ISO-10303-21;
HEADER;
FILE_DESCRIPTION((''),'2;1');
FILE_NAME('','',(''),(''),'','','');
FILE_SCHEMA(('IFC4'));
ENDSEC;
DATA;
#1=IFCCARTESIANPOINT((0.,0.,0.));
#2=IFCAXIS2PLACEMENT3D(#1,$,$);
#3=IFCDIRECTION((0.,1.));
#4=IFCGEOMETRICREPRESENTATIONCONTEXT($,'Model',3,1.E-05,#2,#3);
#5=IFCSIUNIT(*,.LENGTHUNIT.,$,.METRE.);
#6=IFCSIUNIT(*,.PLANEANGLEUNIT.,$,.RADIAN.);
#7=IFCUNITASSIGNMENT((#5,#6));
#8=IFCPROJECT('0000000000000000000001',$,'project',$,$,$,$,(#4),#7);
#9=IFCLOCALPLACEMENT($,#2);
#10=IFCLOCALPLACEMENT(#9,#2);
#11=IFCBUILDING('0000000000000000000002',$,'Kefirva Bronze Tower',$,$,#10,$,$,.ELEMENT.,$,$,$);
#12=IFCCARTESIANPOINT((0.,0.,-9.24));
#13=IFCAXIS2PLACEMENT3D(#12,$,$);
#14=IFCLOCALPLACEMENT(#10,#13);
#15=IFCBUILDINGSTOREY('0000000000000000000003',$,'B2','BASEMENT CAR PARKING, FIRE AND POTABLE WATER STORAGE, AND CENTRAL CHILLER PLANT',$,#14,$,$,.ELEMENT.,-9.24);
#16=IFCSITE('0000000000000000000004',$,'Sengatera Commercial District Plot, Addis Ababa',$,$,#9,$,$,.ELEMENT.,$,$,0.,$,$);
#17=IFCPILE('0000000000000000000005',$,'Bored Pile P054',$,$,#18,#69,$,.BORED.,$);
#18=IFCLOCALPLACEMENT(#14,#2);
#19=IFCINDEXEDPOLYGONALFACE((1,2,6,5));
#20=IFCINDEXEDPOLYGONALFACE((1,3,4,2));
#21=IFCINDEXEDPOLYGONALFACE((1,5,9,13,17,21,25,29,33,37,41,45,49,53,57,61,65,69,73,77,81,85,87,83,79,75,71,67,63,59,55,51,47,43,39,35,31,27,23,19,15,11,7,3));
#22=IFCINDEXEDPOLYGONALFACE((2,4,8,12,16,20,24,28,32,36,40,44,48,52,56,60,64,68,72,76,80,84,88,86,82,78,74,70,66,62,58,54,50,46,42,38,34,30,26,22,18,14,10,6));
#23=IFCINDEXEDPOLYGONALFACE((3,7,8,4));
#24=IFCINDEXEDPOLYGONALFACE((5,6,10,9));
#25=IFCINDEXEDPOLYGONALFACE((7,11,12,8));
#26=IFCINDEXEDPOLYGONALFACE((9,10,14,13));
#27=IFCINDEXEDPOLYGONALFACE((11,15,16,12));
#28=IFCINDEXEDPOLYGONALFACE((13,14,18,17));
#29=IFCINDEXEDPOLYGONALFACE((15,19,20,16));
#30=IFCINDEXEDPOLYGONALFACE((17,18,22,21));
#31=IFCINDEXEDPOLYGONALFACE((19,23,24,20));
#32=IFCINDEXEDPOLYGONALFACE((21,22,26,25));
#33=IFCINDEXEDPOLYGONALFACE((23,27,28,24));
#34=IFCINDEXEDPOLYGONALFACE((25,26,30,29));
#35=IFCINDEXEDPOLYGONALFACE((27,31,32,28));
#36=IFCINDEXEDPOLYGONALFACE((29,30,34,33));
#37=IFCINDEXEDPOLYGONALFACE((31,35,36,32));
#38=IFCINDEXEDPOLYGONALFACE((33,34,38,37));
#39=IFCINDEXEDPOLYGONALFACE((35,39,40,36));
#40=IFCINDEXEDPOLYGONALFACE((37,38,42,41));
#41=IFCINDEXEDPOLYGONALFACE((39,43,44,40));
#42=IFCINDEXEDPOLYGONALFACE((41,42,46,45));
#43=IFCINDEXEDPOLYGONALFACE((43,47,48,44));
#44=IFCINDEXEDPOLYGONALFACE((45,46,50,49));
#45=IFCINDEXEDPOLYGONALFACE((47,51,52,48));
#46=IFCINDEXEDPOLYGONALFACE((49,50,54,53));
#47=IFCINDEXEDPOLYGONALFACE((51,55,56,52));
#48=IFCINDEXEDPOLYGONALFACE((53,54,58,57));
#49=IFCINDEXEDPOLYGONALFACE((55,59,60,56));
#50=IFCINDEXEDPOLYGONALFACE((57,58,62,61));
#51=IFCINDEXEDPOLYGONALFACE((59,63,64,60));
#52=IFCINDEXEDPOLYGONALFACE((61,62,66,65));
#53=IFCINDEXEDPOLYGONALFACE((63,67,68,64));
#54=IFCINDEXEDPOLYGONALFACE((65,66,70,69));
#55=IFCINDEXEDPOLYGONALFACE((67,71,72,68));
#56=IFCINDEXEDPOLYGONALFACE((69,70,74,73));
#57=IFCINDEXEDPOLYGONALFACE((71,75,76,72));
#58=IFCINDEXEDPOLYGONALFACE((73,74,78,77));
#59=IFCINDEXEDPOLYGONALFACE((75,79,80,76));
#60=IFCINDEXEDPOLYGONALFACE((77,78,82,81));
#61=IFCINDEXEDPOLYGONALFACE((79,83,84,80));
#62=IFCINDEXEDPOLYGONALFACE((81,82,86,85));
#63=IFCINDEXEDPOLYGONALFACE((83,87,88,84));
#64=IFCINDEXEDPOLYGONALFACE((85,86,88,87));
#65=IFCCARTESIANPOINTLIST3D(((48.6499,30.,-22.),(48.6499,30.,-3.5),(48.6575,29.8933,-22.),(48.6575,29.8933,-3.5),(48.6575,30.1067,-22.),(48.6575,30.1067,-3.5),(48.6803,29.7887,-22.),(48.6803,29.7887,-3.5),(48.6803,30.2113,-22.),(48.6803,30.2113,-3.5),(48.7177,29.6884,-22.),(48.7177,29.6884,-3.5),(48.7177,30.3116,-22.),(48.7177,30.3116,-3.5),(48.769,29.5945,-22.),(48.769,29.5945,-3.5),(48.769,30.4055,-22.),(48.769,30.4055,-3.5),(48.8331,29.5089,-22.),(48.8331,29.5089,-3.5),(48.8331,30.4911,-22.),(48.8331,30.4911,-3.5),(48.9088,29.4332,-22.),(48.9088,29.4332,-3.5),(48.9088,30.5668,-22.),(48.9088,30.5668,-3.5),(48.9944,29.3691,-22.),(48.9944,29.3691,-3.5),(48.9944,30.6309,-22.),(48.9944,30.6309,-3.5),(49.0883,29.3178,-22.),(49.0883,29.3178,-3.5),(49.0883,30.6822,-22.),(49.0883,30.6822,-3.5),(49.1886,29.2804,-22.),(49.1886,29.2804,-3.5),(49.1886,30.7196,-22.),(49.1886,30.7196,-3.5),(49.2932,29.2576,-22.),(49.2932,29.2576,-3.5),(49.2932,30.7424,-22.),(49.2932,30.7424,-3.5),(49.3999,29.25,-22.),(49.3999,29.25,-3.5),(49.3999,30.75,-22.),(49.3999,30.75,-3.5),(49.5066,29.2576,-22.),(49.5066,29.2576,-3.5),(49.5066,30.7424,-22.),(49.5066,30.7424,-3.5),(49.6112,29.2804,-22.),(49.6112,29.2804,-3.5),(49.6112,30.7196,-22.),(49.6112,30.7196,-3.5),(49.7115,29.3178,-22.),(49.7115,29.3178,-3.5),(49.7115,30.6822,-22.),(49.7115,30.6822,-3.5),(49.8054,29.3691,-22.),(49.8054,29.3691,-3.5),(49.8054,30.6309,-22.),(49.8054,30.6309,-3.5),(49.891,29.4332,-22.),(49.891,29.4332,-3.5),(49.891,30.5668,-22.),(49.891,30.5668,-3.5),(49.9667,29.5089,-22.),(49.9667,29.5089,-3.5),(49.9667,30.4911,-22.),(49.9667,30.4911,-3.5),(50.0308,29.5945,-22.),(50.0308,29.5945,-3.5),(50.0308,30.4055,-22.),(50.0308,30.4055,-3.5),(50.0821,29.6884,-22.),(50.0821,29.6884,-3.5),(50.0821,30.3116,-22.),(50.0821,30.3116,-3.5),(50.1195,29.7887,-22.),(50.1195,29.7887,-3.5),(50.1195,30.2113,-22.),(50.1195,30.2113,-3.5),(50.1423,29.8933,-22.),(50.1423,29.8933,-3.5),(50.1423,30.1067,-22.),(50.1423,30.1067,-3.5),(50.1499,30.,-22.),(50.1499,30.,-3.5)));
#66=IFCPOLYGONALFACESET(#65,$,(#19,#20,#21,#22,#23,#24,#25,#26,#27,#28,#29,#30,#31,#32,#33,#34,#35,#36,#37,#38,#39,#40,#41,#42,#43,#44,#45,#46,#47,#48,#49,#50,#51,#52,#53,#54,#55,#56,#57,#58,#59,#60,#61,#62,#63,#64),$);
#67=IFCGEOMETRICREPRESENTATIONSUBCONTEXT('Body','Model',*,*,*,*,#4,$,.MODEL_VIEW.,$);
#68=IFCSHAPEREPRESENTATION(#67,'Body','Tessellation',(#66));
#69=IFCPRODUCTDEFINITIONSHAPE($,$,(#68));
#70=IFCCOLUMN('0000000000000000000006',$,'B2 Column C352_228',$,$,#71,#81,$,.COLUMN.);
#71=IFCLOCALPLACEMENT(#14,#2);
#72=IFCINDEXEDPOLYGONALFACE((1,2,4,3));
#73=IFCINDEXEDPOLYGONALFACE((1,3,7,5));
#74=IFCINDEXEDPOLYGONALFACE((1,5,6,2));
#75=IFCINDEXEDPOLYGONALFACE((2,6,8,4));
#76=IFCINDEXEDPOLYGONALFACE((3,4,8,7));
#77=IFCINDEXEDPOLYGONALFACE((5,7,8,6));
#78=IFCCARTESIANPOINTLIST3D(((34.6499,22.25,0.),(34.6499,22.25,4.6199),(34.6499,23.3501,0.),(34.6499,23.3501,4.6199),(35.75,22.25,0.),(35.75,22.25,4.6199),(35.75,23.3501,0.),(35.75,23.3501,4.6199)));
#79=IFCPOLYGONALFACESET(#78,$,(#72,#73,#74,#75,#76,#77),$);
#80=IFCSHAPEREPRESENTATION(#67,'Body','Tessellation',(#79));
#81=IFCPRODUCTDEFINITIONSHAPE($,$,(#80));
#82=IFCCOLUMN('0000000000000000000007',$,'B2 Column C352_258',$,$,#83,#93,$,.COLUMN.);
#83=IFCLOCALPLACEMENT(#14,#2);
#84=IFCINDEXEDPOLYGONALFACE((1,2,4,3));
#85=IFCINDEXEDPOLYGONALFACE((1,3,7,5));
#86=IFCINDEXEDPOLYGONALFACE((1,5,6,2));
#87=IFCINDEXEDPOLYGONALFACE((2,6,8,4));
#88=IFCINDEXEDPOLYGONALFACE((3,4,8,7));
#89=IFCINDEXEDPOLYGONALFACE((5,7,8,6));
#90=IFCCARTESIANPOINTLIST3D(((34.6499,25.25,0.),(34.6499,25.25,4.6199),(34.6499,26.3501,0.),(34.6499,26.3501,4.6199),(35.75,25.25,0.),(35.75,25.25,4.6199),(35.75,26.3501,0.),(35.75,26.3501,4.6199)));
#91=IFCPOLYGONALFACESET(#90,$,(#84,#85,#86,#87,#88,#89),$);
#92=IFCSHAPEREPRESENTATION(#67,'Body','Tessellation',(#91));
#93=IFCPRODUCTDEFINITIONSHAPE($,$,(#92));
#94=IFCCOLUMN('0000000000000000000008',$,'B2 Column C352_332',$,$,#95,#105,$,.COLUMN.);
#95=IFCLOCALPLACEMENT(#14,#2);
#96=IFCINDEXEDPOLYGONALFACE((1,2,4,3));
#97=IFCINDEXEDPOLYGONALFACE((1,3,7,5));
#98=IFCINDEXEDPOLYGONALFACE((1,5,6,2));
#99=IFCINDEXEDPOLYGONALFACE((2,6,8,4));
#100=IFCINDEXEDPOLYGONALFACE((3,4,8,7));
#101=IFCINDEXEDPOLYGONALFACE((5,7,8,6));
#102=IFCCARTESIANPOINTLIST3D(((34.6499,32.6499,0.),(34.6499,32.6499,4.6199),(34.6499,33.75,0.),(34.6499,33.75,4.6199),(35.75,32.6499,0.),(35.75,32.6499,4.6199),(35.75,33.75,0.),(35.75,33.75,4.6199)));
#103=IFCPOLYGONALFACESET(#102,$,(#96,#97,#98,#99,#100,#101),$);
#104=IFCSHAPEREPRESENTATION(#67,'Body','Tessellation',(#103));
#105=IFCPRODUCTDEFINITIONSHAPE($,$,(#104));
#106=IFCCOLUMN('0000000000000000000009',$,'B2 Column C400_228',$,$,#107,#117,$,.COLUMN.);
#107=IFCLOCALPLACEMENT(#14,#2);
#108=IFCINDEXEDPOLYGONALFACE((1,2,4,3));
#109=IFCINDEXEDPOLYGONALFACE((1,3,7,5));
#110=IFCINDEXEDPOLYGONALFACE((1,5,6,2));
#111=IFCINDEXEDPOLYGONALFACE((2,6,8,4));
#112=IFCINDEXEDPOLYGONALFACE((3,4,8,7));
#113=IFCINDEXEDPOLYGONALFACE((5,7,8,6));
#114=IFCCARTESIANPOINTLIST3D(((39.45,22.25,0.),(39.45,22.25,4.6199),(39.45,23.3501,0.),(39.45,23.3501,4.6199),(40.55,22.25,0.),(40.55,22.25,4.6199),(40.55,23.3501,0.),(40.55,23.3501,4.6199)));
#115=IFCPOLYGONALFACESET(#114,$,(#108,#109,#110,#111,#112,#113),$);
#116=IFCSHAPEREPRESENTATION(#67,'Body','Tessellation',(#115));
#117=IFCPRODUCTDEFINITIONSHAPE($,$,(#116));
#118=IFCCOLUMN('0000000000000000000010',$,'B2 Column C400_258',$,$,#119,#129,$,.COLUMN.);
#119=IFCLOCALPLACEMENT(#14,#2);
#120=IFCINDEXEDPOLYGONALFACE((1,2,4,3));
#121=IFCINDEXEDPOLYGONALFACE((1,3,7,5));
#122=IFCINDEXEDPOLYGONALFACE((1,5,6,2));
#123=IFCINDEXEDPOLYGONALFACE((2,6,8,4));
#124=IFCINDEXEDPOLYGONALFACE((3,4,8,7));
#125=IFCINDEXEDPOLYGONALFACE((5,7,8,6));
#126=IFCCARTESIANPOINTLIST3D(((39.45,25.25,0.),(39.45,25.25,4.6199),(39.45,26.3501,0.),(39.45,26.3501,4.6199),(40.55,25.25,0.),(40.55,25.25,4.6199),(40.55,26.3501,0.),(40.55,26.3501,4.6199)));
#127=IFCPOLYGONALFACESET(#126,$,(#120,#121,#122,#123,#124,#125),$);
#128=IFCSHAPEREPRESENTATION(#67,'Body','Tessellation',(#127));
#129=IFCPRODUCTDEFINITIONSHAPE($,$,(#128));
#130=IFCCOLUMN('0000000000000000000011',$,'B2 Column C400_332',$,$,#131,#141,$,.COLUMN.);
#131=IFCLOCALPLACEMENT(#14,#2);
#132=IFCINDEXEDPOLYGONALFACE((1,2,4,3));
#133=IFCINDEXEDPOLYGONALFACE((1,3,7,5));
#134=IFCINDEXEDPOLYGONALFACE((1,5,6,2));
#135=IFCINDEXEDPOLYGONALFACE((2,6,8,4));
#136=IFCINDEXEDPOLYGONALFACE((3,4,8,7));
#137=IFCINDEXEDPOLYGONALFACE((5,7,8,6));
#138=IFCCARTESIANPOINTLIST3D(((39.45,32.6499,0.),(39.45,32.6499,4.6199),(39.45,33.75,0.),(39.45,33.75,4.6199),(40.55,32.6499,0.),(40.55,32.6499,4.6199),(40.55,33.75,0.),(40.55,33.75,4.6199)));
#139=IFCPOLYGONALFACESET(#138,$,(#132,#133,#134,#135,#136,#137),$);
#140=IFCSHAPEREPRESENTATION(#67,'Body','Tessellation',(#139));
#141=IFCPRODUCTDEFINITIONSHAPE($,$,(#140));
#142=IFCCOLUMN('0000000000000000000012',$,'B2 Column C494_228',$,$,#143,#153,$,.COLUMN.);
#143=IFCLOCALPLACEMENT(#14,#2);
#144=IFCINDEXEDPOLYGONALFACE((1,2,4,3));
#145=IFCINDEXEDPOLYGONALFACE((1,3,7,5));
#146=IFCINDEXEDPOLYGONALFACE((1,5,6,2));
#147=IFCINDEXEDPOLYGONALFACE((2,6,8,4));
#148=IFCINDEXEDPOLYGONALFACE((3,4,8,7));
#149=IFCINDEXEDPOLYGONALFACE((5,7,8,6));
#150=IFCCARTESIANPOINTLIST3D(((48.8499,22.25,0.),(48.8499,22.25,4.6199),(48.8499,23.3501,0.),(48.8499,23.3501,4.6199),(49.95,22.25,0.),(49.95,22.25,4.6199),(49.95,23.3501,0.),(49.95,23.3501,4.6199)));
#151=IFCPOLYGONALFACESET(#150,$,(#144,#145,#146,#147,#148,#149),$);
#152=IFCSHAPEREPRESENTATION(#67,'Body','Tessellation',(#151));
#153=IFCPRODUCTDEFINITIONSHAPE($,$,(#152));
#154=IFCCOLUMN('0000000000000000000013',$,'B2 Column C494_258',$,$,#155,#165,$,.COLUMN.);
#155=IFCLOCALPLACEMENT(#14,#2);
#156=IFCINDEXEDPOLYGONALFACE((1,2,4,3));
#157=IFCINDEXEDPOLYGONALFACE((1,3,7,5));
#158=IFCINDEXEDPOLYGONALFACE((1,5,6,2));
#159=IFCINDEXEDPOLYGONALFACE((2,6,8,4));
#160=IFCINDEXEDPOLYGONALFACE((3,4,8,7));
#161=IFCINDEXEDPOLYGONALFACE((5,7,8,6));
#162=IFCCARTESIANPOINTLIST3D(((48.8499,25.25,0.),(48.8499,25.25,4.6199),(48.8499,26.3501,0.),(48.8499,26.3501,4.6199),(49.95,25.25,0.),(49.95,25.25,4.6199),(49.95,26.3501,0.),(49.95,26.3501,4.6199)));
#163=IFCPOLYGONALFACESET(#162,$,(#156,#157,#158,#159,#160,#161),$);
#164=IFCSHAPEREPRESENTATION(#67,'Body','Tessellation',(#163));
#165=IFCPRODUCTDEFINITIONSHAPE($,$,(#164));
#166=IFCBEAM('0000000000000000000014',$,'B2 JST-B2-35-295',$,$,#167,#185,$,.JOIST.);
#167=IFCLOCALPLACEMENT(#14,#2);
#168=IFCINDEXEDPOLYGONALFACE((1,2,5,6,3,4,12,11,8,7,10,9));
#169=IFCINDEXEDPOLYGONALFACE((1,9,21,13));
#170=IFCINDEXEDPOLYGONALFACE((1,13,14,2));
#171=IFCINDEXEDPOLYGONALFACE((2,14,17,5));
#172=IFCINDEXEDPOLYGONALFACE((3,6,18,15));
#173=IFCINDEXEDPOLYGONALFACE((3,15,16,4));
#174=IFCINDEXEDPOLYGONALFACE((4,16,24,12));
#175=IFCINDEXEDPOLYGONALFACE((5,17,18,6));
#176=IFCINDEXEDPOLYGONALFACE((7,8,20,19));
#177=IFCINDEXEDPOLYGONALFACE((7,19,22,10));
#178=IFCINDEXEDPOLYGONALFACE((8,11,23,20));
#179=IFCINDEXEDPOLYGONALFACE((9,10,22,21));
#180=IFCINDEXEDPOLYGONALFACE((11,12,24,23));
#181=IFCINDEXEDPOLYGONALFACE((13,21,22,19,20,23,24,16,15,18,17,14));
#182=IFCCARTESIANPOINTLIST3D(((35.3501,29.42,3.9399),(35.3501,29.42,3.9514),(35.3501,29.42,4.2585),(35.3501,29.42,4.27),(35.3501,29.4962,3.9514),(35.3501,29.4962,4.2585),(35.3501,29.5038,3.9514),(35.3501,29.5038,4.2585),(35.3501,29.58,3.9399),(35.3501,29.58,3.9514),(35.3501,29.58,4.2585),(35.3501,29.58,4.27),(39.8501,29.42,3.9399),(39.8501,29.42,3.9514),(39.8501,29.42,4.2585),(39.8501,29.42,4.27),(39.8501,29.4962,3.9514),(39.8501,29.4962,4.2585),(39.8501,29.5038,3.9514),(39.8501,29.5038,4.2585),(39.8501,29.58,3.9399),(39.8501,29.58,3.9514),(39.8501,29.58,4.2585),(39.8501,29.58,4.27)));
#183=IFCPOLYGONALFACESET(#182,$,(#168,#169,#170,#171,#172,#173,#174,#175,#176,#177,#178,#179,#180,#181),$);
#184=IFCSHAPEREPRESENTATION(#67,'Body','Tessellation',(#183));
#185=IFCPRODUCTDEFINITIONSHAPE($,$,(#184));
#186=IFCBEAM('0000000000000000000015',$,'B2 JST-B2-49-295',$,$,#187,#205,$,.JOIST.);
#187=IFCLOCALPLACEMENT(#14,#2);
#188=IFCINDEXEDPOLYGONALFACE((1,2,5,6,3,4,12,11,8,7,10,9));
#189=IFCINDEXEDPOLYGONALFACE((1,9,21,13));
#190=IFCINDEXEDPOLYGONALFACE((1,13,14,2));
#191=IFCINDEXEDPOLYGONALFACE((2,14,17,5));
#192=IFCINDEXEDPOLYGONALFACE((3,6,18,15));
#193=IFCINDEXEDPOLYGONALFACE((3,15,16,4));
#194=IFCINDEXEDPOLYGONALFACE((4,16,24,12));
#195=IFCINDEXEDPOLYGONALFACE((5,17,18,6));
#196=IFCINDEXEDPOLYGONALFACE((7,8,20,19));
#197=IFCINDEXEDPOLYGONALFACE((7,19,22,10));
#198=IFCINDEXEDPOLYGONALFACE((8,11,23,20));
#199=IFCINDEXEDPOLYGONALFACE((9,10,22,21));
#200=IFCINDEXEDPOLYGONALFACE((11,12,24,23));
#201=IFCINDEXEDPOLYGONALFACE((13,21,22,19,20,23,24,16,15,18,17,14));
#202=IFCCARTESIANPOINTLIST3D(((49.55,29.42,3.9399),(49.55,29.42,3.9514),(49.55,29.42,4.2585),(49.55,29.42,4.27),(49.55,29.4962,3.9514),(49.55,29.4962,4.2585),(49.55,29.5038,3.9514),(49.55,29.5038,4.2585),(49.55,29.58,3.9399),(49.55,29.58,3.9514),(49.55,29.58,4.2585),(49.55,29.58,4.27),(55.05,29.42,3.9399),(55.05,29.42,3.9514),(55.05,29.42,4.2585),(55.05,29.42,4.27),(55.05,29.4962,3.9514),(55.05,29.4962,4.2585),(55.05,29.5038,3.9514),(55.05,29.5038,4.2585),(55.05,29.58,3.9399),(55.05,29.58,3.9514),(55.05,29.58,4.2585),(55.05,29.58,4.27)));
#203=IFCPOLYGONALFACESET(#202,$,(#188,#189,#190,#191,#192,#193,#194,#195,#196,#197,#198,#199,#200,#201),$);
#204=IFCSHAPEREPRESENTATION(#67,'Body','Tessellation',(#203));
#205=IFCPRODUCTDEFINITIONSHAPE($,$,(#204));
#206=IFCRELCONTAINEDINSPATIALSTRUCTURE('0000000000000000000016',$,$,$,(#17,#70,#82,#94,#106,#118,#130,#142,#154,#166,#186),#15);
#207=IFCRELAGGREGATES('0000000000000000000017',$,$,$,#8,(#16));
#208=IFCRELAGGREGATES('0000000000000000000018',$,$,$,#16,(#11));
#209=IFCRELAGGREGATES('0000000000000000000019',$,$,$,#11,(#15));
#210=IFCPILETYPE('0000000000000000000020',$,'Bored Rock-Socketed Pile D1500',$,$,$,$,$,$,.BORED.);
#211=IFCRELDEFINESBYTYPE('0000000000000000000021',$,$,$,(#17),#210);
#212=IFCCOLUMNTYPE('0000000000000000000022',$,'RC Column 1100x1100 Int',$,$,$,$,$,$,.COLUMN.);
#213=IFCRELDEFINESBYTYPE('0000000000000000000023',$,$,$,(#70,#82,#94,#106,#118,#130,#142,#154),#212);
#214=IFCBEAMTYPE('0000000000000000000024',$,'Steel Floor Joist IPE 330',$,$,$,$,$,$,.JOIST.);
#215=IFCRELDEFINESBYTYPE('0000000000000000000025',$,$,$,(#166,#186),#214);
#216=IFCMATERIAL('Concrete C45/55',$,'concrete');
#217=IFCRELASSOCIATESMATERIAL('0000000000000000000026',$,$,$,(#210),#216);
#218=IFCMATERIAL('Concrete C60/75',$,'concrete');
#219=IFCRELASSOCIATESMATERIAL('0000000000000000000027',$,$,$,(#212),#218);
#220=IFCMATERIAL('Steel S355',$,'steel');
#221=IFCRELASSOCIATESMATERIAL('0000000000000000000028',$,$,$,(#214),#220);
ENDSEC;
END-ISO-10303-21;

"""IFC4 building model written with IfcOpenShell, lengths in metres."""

from ifc_helpers import new_model, si_unit, direction, frame, origin, origin_2d, place, context, subcontext, project, spatial, rectangle, circle, i_section, extrude, material, material_profile, profile_set, type_object, element, save


model = new_model("IFC4")

# Units and contexts
model_context = context("Model", 3, precision=1e-05, world=origin(), true_north=direction((0.0, 1.0)))
body_context = subcontext(model_context, "Body", "Model", "MODEL_VIEW")
ifc_project = project(units=[si_unit("LENGTHUNIT", "METRE"), si_unit("PLANEANGLEUNIT", "RADIAN")], contexts=[model_context])

# Site, building, storey
site_placement = place(None, origin())
site = spatial("IfcSite", under=ifc_project, at=site_placement, Name="Sengatera Commercial District Plot, Addis Ababa", CompositionType="ELEMENT", RefElevation=0.0)
building_placement = place(site_placement, origin())
building = spatial("IfcBuilding", under=site, at=building_placement, Name="Kefirva Bronze Tower", CompositionType="ELEMENT")
storey_placement = place(building_placement, frame((0.0, 0.0, -9.24)))
storey = spatial("IfcBuildingStorey", under=building, at=storey_placement, Name="B2", Description="BASEMENT CAR PARKING, FIRE AND POTABLE WATER STORAGE, AND CENTRAL CHILLER PLANT", CompositionType="ELEMENT", Elevation=-9.24)

# Pile
ifc_material_1 = material(Name="Concrete C45/55", Category="concrete")
ifc_material_profile_1 = material_profile(ifc_material_1, circle(Radius=0.75, at=origin_2d()), Name="BORED PILE D1500")
ifc_profile_set_1 = profile_set([ifc_material_profile_1], Name="Concrete C45/55")
pile_type = type_object("IfcPileType", Name="Bored Rock-Socketed Pile D1500", PredefinedType="BORED", material=ifc_profile_set_1)
for number, where, z_axis, x_axis, name in (
    (1, (49.3999, 30.0, -3.5), (0.0, 0.0, -1.0), (1.0, 0.0, 0.0), "Bored Pile P054"),
):
    element("IfcPile", number, at=place(storey_placement, frame(where, z_axis=z_axis, x_axis=x_axis)), inside=storey, type_object=pile_type, Name=name, PredefinedType="BORED", context=body_context, shape_type="SweptSolid", body=[
        extrude(circle(Radius=0.75, at=origin_2d()), origin(), (0.0, 0.0, 1.0), 18.5),
    ])

# Columns
ifc_material_2 = material(Name="Concrete C60/75", Category="concrete")
ifc_material_profile_2 = material_profile(ifc_material_2, rectangle(XDim=1.1001, YDim=1.1001, at=origin_2d()), Name="RC 1100x1100")
ifc_profile_set_2 = profile_set([ifc_material_profile_2], Name="Concrete C60/75")
column_type = type_object("IfcColumnType", Name="RC Column 1100x1100 Int", PredefinedType="COLUMN", material=ifc_profile_set_2)
for number, where, z_axis, x_axis, name in (
    (2, (35.2, 22.8, 0.0), (0.0, 0.0, 1.0), (1.0, 0.0, 0.0), "B2 Column C352_228"),
    (3, (35.2, 25.8, 0.0), (0.0, 0.0, 1.0), (1.0, 0.0, 0.0), "B2 Column C352_258"),
    (4, (35.2, 33.2, 0.0), (0.0, 0.0, 1.0), (1.0, 0.0, 0.0), "B2 Column C352_332"),
    (5, (40.0, 22.8, 0.0), (0.0, 0.0, 1.0), (1.0, 0.0, 0.0), "B2 Column C400_228"),
    (6, (40.0, 25.8, 0.0), (0.0, 0.0, 1.0), (1.0, 0.0, 0.0), "B2 Column C400_258"),
    (7, (40.0, 33.2, 0.0), (0.0, 0.0, 1.0), (1.0, 0.0, 0.0), "B2 Column C400_332"),
    (8, (49.3999, 22.8, 0.0), (0.0, 0.0, 1.0), (1.0, 0.0, 0.0), "B2 Column C494_228"),
    (9, (49.3999, 25.8, 0.0), (0.0, 0.0, 1.0), (1.0, 0.0, 0.0), "B2 Column C494_258"),
):
    element("IfcColumn", number, at=place(storey_placement, frame(where, z_axis=z_axis, x_axis=x_axis)), inside=storey, type_object=column_type, Name=name, PredefinedType="COLUMN", context=body_context, shape_type="SweptSolid", body=[
        extrude(rectangle(XDim=1.1001, YDim=1.1001, at=origin_2d()), origin(), (0.0, 0.0, 1.0), 4.6199),
    ])

# Beams
ifc_material_3 = material(Name="Steel S355", Category="steel")
ifc_material_profile_3 = material_profile(ifc_material_3, i_section(OverallWidth=0.1599, OverallDepth=0.3301, WebThickness=0.0076, FlangeThickness=0.0115, at=origin_2d()), Name="IPE 330")
ifc_profile_set_3 = profile_set([ifc_material_profile_3], Name="Steel S355")
beam_type_1 = type_object("IfcBeamType", Name="Steel Floor Joist IPE 330", PredefinedType="JOIST", material=ifc_profile_set_3)
beam_1_placement = place(storey_placement, frame((35.3501, 29.5, 4.105), z_axis=(1.0, 0.0, 0.0), x_axis=(0.0, 1.0, 0.0)))
element("IfcBeam", 10, at=beam_1_placement, inside=storey, type_object=beam_type_1, Name="B2 JST-B2-35-295", PredefinedType="JOIST", context=body_context, shape_type="SweptSolid", body=[
    extrude(i_section(OverallWidth=0.1599, OverallDepth=0.3301, WebThickness=0.0076, FlangeThickness=0.0115, at=origin_2d()), origin(), (0.0, 0.0, 1.0), 4.5),
])
beam_2_placement = place(storey_placement, frame((49.55, 29.5, 4.105), z_axis=(1.0, 0.0, 0.0), x_axis=(0.0, 1.0, 0.0)))
element("IfcBeam", 11, at=beam_2_placement, inside=storey, type_object=beam_type_1, Name="B2 JST-B2-49-295", PredefinedType="JOIST", context=body_context, shape_type="SweptSolid", body=[
    extrude(i_section(OverallWidth=0.1599, OverallDepth=0.3301, WebThickness=0.0076, FlangeThickness=0.0115, at=origin_2d()), origin(), (0.0, 0.0, 1.0), 5.5),
])

save(model, "model.ifc")
